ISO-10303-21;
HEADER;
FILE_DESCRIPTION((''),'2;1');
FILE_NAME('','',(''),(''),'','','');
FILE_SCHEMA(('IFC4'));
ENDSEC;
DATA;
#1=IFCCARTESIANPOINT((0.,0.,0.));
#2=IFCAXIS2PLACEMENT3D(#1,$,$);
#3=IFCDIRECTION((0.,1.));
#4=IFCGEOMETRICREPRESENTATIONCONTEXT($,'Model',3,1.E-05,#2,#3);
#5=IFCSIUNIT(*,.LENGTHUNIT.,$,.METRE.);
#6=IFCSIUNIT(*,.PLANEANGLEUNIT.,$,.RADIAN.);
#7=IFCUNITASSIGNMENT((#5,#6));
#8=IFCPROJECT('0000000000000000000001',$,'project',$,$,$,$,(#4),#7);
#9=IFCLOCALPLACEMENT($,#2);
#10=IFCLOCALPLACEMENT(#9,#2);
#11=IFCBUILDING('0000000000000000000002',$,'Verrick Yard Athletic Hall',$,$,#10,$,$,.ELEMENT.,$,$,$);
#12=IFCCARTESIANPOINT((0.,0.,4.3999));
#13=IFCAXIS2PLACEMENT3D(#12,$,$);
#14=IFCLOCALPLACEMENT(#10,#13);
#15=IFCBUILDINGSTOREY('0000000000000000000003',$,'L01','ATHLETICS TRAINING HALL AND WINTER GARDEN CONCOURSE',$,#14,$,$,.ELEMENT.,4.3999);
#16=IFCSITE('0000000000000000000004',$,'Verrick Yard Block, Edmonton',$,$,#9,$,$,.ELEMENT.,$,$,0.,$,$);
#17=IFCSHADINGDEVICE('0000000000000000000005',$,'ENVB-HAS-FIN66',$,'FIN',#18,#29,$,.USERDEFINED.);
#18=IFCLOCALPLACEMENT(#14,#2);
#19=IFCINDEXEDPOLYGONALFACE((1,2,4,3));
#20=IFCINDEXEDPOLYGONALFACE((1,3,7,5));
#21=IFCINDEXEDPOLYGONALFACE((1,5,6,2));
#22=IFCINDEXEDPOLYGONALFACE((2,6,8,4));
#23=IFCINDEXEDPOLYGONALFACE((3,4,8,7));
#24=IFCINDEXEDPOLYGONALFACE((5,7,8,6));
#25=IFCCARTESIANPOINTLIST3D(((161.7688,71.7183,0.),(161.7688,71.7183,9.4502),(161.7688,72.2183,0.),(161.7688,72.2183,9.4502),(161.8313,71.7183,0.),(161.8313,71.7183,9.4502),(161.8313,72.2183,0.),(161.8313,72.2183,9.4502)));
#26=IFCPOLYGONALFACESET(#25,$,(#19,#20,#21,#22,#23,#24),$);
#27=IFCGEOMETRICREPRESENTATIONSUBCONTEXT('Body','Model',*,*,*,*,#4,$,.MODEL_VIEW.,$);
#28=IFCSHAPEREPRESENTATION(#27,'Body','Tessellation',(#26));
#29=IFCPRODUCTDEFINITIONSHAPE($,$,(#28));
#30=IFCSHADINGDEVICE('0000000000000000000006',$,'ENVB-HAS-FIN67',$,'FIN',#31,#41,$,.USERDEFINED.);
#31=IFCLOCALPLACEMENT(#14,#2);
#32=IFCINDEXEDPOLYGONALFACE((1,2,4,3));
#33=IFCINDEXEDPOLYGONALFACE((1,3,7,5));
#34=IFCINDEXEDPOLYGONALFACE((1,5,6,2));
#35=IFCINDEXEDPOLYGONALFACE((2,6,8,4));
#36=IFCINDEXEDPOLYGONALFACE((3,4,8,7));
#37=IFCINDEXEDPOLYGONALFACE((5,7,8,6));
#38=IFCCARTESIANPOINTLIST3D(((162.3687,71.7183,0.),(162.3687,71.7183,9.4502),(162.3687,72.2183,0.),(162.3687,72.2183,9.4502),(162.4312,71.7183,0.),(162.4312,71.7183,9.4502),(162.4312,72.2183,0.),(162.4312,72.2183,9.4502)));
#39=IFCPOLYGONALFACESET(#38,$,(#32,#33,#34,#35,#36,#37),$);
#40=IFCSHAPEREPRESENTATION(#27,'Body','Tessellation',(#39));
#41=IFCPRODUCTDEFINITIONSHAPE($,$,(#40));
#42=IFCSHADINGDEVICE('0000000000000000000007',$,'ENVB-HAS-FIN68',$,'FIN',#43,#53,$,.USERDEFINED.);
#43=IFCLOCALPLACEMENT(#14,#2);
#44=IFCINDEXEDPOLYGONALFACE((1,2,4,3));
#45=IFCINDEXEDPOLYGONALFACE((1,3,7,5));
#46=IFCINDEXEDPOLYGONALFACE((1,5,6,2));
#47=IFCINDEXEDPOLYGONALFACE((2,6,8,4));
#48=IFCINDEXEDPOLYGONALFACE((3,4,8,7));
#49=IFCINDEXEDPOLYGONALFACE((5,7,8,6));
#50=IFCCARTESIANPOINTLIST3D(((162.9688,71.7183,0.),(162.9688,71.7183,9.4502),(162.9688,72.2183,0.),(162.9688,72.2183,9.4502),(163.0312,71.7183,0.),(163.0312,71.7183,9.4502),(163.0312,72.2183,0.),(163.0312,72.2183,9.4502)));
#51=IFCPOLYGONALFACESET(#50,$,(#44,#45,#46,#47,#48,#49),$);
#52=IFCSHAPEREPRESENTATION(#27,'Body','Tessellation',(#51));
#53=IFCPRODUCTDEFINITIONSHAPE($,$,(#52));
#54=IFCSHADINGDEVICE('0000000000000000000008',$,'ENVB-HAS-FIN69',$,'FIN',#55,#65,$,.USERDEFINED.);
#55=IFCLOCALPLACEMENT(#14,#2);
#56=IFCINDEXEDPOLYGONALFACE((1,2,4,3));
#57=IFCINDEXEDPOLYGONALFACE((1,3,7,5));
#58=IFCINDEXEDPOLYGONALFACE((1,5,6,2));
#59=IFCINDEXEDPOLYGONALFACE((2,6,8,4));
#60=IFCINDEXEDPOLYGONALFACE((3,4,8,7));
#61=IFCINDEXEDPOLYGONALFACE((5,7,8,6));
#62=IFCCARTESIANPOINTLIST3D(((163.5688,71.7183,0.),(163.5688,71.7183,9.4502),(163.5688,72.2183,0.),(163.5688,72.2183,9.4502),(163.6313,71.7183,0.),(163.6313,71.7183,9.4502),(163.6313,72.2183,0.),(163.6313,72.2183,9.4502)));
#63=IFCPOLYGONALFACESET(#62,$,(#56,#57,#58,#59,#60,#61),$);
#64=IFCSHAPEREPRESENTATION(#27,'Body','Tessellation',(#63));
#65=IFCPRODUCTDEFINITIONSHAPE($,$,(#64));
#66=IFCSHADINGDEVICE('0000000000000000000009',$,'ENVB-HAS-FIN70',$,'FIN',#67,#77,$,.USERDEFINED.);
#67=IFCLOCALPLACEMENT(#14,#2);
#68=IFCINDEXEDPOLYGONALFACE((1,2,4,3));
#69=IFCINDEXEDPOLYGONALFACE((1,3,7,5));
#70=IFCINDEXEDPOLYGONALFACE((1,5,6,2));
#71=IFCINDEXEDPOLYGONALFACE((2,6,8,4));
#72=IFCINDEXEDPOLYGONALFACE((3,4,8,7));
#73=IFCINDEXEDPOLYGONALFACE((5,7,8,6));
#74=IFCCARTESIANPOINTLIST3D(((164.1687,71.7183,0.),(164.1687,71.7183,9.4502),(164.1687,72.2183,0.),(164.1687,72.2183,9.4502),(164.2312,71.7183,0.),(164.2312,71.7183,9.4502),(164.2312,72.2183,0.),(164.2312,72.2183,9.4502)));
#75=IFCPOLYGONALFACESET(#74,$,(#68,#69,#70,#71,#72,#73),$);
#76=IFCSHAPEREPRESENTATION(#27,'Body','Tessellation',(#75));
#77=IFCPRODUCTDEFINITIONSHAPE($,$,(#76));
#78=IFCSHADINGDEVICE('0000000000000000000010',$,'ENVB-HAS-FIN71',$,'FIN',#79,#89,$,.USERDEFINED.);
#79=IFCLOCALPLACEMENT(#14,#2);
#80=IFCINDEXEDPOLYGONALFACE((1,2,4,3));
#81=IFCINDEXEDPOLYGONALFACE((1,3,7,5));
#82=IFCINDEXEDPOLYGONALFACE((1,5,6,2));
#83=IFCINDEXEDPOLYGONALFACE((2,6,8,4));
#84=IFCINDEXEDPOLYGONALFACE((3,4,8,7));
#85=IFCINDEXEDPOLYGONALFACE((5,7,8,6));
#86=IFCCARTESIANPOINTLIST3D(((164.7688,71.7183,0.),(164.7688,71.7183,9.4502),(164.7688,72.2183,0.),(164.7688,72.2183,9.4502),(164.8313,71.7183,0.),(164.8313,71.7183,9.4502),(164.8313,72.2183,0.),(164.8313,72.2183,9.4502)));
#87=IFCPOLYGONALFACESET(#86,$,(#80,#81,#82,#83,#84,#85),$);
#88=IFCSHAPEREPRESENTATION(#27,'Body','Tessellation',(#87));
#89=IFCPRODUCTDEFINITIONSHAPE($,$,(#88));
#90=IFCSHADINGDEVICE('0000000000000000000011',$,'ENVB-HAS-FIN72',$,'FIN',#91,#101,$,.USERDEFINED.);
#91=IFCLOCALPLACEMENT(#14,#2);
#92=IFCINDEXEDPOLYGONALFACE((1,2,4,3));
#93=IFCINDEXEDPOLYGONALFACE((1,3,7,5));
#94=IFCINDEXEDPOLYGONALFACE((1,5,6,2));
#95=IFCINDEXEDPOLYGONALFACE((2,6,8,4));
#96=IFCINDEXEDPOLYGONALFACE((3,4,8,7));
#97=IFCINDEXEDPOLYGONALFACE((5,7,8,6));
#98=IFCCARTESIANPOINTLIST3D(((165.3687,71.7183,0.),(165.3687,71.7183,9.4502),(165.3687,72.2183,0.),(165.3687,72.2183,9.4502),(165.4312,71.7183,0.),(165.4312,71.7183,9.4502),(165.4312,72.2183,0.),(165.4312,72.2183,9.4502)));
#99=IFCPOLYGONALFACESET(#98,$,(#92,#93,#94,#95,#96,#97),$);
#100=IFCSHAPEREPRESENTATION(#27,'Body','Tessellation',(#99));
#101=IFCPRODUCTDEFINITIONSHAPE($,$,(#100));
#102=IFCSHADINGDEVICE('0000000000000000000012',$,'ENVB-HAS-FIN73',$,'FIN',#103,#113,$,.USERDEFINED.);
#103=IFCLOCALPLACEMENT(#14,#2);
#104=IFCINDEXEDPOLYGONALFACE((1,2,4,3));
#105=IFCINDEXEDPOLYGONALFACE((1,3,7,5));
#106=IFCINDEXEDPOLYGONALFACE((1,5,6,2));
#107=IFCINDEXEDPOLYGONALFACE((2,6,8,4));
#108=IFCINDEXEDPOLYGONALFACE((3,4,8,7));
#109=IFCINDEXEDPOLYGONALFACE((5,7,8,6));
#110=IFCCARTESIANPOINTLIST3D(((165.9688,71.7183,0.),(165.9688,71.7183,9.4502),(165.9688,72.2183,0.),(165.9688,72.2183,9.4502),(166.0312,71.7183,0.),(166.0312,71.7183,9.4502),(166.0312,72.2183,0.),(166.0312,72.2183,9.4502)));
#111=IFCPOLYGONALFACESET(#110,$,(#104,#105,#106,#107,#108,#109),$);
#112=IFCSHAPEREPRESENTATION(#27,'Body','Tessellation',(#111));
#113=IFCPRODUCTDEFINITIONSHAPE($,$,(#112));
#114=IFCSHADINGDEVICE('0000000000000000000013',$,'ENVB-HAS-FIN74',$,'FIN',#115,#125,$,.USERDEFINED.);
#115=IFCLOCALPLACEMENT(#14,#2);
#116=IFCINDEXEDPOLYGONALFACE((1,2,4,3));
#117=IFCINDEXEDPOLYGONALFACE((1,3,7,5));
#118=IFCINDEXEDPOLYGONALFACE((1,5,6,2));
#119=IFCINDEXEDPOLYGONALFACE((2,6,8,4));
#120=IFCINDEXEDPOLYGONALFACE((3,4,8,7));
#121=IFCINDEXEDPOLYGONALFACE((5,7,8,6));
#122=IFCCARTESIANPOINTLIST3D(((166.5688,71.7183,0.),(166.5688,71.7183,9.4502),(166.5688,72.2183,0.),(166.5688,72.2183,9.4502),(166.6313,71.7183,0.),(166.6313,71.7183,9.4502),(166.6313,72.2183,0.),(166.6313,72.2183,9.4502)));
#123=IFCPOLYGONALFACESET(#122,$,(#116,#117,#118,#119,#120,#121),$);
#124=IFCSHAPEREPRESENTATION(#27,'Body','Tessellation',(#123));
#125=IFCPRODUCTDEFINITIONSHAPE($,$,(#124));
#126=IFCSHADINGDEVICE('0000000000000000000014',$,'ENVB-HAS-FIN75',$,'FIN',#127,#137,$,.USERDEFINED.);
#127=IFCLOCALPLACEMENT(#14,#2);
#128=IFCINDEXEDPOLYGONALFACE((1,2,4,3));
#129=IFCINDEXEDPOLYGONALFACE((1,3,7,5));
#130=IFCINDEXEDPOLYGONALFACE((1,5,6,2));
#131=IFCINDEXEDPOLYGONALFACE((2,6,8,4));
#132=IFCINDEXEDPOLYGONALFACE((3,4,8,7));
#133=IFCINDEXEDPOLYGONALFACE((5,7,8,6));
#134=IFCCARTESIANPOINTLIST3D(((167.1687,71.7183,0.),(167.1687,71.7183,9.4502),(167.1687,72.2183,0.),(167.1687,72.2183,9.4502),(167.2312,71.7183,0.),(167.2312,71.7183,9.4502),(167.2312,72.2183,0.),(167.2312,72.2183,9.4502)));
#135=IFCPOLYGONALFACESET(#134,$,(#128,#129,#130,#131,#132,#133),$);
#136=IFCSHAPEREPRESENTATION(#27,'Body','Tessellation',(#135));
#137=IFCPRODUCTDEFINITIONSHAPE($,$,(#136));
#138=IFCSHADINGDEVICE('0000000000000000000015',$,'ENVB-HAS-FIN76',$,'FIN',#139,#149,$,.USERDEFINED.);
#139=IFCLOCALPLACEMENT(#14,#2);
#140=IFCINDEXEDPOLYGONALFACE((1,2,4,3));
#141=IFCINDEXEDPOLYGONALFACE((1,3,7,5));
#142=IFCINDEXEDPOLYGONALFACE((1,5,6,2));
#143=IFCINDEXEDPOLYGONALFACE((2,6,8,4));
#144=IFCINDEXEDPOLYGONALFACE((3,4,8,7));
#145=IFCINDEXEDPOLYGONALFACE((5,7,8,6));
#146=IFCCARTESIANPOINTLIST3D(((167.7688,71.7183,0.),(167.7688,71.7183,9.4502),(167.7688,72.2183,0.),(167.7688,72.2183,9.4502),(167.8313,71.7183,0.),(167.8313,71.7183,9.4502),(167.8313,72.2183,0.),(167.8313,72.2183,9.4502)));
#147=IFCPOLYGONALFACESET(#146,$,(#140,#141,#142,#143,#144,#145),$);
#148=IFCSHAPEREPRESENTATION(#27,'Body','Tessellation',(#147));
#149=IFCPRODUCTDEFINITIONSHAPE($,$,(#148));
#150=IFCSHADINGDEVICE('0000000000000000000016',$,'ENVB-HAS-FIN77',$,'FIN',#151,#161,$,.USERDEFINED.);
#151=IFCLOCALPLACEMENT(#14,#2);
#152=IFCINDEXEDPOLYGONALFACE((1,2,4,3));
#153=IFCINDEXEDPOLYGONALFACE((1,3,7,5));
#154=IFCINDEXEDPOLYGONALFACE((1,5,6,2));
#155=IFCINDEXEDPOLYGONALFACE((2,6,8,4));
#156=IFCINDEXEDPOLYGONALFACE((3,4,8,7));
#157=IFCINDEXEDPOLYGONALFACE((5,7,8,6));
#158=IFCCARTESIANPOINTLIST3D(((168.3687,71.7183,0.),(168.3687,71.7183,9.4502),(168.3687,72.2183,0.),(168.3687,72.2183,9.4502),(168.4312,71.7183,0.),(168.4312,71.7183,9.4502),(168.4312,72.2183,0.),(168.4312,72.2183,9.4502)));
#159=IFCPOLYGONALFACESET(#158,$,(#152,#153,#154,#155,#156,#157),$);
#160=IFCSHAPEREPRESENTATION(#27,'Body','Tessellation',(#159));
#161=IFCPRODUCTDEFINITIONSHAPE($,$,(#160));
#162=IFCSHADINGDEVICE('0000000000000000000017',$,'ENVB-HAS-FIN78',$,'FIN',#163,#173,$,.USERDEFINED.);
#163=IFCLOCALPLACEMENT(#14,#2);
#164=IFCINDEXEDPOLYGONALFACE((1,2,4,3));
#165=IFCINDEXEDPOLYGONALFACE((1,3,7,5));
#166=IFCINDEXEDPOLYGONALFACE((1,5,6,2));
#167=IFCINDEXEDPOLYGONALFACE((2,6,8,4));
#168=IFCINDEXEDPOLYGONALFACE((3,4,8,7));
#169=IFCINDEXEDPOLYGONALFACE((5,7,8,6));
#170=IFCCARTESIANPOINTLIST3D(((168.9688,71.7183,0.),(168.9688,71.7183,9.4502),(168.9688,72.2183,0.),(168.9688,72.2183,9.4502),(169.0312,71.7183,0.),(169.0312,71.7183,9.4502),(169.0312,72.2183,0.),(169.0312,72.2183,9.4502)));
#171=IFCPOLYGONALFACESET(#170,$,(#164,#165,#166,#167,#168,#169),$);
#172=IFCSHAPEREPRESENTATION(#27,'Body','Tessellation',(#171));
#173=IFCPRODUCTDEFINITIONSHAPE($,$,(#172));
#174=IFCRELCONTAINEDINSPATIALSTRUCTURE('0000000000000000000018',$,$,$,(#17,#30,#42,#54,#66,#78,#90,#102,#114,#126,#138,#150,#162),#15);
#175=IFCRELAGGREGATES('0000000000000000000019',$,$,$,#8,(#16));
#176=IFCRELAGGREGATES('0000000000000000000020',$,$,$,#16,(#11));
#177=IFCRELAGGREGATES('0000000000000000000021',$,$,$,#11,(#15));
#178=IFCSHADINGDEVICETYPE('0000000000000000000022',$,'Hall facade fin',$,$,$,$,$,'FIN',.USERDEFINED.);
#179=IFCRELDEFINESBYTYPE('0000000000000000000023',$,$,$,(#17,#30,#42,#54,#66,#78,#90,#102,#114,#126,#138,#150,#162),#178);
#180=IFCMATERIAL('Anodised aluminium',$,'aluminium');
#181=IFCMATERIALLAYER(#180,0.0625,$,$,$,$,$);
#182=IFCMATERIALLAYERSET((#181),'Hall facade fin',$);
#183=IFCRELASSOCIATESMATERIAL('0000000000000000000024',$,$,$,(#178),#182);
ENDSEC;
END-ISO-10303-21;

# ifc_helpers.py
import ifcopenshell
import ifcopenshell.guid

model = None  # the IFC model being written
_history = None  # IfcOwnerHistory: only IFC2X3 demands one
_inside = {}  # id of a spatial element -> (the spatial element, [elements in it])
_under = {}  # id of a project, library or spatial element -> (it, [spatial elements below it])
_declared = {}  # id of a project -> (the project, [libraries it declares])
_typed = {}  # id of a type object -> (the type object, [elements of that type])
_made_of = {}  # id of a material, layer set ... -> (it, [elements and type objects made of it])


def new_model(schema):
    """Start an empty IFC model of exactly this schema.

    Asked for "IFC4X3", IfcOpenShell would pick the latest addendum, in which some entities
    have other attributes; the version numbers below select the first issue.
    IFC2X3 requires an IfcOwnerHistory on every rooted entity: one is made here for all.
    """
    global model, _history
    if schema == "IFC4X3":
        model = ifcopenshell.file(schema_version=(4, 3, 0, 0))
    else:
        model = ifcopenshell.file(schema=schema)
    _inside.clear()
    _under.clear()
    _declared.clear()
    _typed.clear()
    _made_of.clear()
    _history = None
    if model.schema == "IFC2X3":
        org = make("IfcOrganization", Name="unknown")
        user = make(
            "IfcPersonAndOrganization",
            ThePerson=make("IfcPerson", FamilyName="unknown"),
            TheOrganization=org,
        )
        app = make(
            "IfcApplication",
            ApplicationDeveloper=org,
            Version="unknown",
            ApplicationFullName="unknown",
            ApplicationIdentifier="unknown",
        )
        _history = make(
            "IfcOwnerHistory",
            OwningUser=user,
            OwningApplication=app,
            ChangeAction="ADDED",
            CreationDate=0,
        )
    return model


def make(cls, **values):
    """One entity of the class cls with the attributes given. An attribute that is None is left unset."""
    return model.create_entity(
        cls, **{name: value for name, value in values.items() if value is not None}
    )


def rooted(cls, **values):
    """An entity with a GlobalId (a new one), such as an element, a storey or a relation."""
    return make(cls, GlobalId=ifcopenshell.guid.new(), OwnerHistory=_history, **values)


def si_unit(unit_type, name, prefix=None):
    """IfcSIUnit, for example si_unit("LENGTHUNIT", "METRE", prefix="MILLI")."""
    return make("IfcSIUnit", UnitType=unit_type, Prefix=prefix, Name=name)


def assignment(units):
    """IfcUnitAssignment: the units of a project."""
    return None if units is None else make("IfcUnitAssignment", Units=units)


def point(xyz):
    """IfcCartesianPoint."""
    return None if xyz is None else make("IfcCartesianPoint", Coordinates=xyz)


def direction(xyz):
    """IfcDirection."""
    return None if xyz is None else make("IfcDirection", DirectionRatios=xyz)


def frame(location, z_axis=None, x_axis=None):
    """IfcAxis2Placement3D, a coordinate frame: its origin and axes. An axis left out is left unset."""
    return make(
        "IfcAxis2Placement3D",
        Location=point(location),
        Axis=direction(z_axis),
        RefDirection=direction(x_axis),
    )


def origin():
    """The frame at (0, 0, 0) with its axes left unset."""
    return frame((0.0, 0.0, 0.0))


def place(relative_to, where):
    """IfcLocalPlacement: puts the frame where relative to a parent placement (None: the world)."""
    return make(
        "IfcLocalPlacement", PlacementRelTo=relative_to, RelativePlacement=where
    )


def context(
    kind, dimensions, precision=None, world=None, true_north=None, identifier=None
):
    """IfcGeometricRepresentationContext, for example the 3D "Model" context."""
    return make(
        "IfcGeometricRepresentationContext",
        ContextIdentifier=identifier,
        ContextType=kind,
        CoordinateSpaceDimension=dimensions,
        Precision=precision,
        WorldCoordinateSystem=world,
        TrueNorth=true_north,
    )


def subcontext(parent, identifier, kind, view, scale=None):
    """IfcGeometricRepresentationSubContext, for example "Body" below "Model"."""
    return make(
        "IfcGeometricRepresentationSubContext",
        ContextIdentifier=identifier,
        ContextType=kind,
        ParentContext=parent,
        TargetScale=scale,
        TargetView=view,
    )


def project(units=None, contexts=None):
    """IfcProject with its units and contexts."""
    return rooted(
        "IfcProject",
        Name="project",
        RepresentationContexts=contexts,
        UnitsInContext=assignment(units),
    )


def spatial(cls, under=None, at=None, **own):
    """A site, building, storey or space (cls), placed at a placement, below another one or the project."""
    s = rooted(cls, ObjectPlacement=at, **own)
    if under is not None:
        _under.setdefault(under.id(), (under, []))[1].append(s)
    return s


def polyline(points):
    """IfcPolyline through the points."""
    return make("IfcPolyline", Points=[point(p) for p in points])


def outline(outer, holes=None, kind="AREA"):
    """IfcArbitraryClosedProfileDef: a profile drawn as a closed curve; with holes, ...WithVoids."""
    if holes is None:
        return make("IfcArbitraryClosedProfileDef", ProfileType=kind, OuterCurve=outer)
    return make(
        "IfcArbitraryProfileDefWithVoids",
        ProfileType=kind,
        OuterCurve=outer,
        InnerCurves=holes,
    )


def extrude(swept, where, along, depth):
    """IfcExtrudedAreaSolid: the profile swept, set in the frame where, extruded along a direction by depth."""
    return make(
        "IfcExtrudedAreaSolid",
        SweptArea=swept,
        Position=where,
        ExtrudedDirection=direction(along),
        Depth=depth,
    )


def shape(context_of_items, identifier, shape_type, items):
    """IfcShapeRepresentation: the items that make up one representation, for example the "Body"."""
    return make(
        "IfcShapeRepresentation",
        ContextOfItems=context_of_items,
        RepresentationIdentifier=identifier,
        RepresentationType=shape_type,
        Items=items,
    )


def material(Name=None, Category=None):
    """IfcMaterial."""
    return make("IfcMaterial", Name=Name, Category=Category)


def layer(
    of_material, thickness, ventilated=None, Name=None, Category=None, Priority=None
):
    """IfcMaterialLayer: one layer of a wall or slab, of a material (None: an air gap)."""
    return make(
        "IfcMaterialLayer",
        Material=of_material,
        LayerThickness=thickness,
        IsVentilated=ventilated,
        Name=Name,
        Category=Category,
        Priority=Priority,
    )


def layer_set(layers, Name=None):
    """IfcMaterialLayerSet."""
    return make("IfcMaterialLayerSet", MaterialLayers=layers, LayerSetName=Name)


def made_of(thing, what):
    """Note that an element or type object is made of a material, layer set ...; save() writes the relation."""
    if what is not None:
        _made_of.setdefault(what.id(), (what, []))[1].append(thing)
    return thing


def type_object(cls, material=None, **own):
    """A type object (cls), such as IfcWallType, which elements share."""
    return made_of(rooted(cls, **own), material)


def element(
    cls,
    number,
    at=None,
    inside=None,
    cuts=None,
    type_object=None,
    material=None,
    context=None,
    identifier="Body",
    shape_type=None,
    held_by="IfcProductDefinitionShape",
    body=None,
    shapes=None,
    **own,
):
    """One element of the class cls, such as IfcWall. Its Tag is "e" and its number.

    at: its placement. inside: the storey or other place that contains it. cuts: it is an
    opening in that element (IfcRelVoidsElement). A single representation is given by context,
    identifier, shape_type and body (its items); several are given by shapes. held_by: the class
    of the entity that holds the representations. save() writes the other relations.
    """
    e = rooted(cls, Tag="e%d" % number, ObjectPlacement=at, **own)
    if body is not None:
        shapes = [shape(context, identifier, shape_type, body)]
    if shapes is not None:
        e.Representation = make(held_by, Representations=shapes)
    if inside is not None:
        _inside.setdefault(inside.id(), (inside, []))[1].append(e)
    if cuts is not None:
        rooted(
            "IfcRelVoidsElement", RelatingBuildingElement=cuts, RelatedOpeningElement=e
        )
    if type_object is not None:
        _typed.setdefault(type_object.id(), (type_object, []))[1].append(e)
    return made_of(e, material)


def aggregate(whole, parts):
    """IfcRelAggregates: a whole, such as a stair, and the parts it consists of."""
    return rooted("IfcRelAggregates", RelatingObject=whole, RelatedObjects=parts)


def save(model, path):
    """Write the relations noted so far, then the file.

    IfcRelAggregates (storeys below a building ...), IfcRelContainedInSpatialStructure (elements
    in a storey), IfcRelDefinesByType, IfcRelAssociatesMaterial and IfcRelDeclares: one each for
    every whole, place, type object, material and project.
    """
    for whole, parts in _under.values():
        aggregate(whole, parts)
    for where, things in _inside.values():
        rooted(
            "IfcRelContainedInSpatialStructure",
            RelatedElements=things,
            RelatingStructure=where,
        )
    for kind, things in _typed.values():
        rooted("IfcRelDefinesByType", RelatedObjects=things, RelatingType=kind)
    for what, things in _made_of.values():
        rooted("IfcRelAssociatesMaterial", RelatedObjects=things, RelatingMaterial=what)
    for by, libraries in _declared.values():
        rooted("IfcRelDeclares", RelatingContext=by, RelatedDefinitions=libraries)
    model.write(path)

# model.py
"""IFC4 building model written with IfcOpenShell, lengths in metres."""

from ifc_helpers import new_model, si_unit, direction, frame, origin, place, context, subcontext, project, spatial, polyline, outline, extrude, material, layer, layer_set, type_object, element, save


model = new_model("IFC4")

# Units and contexts
model_context = context("Model", 3, precision=1e-05, world=origin(), true_north=direction((0.0, 1.0)))
body_context = subcontext(model_context, "Body", "Model", "MODEL_VIEW")
ifc_project = project(units=[si_unit("LENGTHUNIT", "METRE"), si_unit("PLANEANGLEUNIT", "RADIAN")], contexts=[model_context])

# Site, building, storey
site_placement = place(None, origin())
site = spatial("IfcSite", under=ifc_project, at=site_placement, Name="Verrick Yard Block, Edmonton", CompositionType="ELEMENT", RefElevation=0.0)
building_placement = place(site_placement, origin())
building = spatial("IfcBuilding", under=site, at=building_placement, Name="Verrick Yard Athletic Hall", CompositionType="ELEMENT")
storey_placement = place(building_placement, frame((0.0, 0.0, 4.3999)))
storey = spatial("IfcBuildingStorey", under=building, at=storey_placement, Name="L01", Description="ATHLETICS TRAINING HALL AND WINTER GARDEN CONCOURSE", CompositionType="ELEMENT", Elevation=4.3999)

# Shading devices
ifc_material_1 = material(Name="Anodised aluminium", Category="aluminium")
ifc_layer_1 = layer(ifc_material_1, 0.0625)
ifc_layer_set_1 = layer_set([ifc_layer_1], Name="Hall facade fin")
shading_device_type = type_object("IfcShadingDeviceType", Name="Hall facade fin", ElementType="FIN", PredefinedType="USERDEFINED", material=ifc_layer_set_1)
for number, where, z_axis, x_axis, name in (
    (1, (161.8, 71.7183, 0.0), (0.0, 0.0, 1.0), (0.0, 1.0, 0.0), "ENVB-HAS-FIN66"),
    (2, (162.3999, 71.7183, 0.0), (0.0, 0.0, 1.0), (0.0, 1.0, 0.0), "ENVB-HAS-FIN67"),
    (3, (163.0, 71.7183, 0.0), (0.0, 0.0, 1.0), (0.0, 1.0, 0.0), "ENVB-HAS-FIN68"),
    (4, (163.6001, 71.7183, 0.0), (0.0, 0.0, 1.0), (0.0, 1.0, 0.0), "ENVB-HAS-FIN69"),
    (5, (164.2, 71.7183, 0.0), (0.0, 0.0, 1.0), (0.0, 1.0, 0.0), "ENVB-HAS-FIN70"),
    (6, (164.8, 71.7183, 0.0), (0.0, 0.0, 1.0), (0.0, 1.0, 0.0), "ENVB-HAS-FIN71"),
    (7, (165.3999, 71.7183, 0.0), (0.0, 0.0, 1.0), (0.0, 1.0, 0.0), "ENVB-HAS-FIN72"),
    (8, (166.0, 71.7183, 0.0), (0.0, 0.0, 1.0), (0.0, 1.0, 0.0), "ENVB-HAS-FIN73"),
    (9, (166.6001, 71.7183, 0.0), (0.0, 0.0, 1.0), (0.0, 1.0, 0.0), "ENVB-HAS-FIN74"),
    (10, (167.2, 71.7183, 0.0), (0.0, 0.0, 1.0), (0.0, 1.0, 0.0), "ENVB-HAS-FIN75"),
    (11, (167.8, 71.7183, 0.0), (0.0, 0.0, 1.0), (0.0, 1.0, 0.0), "ENVB-HAS-FIN76"),
    (12, (168.3999, 71.7183, 0.0), (0.0, 0.0, 1.0), (0.0, 1.0, 0.0), "ENVB-HAS-FIN77"),
    (13, (169.0, 71.7183, 0.0), (0.0, 0.0, 1.0), (0.0, 1.0, 0.0), "ENVB-HAS-FIN78"),
):
    element("IfcShadingDevice", number, at=place(storey_placement, frame(where, z_axis=z_axis, x_axis=x_axis)), inside=storey, type_object=shading_device_type, Name=name, ObjectType="FIN", PredefinedType="USERDEFINED", context=body_context, shape_type="SweptSolid", body=[
        extrude(outline(polyline([(0.0, 0.0), (0.5, 0.0), (0.5, 9.4502), (0.0, 9.4502), (0.0, 0.0)])), frame((0.0, 0.0312, 0.0), z_axis=(0.0, -1.0, 0.0), x_axis=(1.0, 0.0, 0.0)), (0.0, 0.0, 1.0), 0.0625),
    ])

save(model, "model.ifc")
